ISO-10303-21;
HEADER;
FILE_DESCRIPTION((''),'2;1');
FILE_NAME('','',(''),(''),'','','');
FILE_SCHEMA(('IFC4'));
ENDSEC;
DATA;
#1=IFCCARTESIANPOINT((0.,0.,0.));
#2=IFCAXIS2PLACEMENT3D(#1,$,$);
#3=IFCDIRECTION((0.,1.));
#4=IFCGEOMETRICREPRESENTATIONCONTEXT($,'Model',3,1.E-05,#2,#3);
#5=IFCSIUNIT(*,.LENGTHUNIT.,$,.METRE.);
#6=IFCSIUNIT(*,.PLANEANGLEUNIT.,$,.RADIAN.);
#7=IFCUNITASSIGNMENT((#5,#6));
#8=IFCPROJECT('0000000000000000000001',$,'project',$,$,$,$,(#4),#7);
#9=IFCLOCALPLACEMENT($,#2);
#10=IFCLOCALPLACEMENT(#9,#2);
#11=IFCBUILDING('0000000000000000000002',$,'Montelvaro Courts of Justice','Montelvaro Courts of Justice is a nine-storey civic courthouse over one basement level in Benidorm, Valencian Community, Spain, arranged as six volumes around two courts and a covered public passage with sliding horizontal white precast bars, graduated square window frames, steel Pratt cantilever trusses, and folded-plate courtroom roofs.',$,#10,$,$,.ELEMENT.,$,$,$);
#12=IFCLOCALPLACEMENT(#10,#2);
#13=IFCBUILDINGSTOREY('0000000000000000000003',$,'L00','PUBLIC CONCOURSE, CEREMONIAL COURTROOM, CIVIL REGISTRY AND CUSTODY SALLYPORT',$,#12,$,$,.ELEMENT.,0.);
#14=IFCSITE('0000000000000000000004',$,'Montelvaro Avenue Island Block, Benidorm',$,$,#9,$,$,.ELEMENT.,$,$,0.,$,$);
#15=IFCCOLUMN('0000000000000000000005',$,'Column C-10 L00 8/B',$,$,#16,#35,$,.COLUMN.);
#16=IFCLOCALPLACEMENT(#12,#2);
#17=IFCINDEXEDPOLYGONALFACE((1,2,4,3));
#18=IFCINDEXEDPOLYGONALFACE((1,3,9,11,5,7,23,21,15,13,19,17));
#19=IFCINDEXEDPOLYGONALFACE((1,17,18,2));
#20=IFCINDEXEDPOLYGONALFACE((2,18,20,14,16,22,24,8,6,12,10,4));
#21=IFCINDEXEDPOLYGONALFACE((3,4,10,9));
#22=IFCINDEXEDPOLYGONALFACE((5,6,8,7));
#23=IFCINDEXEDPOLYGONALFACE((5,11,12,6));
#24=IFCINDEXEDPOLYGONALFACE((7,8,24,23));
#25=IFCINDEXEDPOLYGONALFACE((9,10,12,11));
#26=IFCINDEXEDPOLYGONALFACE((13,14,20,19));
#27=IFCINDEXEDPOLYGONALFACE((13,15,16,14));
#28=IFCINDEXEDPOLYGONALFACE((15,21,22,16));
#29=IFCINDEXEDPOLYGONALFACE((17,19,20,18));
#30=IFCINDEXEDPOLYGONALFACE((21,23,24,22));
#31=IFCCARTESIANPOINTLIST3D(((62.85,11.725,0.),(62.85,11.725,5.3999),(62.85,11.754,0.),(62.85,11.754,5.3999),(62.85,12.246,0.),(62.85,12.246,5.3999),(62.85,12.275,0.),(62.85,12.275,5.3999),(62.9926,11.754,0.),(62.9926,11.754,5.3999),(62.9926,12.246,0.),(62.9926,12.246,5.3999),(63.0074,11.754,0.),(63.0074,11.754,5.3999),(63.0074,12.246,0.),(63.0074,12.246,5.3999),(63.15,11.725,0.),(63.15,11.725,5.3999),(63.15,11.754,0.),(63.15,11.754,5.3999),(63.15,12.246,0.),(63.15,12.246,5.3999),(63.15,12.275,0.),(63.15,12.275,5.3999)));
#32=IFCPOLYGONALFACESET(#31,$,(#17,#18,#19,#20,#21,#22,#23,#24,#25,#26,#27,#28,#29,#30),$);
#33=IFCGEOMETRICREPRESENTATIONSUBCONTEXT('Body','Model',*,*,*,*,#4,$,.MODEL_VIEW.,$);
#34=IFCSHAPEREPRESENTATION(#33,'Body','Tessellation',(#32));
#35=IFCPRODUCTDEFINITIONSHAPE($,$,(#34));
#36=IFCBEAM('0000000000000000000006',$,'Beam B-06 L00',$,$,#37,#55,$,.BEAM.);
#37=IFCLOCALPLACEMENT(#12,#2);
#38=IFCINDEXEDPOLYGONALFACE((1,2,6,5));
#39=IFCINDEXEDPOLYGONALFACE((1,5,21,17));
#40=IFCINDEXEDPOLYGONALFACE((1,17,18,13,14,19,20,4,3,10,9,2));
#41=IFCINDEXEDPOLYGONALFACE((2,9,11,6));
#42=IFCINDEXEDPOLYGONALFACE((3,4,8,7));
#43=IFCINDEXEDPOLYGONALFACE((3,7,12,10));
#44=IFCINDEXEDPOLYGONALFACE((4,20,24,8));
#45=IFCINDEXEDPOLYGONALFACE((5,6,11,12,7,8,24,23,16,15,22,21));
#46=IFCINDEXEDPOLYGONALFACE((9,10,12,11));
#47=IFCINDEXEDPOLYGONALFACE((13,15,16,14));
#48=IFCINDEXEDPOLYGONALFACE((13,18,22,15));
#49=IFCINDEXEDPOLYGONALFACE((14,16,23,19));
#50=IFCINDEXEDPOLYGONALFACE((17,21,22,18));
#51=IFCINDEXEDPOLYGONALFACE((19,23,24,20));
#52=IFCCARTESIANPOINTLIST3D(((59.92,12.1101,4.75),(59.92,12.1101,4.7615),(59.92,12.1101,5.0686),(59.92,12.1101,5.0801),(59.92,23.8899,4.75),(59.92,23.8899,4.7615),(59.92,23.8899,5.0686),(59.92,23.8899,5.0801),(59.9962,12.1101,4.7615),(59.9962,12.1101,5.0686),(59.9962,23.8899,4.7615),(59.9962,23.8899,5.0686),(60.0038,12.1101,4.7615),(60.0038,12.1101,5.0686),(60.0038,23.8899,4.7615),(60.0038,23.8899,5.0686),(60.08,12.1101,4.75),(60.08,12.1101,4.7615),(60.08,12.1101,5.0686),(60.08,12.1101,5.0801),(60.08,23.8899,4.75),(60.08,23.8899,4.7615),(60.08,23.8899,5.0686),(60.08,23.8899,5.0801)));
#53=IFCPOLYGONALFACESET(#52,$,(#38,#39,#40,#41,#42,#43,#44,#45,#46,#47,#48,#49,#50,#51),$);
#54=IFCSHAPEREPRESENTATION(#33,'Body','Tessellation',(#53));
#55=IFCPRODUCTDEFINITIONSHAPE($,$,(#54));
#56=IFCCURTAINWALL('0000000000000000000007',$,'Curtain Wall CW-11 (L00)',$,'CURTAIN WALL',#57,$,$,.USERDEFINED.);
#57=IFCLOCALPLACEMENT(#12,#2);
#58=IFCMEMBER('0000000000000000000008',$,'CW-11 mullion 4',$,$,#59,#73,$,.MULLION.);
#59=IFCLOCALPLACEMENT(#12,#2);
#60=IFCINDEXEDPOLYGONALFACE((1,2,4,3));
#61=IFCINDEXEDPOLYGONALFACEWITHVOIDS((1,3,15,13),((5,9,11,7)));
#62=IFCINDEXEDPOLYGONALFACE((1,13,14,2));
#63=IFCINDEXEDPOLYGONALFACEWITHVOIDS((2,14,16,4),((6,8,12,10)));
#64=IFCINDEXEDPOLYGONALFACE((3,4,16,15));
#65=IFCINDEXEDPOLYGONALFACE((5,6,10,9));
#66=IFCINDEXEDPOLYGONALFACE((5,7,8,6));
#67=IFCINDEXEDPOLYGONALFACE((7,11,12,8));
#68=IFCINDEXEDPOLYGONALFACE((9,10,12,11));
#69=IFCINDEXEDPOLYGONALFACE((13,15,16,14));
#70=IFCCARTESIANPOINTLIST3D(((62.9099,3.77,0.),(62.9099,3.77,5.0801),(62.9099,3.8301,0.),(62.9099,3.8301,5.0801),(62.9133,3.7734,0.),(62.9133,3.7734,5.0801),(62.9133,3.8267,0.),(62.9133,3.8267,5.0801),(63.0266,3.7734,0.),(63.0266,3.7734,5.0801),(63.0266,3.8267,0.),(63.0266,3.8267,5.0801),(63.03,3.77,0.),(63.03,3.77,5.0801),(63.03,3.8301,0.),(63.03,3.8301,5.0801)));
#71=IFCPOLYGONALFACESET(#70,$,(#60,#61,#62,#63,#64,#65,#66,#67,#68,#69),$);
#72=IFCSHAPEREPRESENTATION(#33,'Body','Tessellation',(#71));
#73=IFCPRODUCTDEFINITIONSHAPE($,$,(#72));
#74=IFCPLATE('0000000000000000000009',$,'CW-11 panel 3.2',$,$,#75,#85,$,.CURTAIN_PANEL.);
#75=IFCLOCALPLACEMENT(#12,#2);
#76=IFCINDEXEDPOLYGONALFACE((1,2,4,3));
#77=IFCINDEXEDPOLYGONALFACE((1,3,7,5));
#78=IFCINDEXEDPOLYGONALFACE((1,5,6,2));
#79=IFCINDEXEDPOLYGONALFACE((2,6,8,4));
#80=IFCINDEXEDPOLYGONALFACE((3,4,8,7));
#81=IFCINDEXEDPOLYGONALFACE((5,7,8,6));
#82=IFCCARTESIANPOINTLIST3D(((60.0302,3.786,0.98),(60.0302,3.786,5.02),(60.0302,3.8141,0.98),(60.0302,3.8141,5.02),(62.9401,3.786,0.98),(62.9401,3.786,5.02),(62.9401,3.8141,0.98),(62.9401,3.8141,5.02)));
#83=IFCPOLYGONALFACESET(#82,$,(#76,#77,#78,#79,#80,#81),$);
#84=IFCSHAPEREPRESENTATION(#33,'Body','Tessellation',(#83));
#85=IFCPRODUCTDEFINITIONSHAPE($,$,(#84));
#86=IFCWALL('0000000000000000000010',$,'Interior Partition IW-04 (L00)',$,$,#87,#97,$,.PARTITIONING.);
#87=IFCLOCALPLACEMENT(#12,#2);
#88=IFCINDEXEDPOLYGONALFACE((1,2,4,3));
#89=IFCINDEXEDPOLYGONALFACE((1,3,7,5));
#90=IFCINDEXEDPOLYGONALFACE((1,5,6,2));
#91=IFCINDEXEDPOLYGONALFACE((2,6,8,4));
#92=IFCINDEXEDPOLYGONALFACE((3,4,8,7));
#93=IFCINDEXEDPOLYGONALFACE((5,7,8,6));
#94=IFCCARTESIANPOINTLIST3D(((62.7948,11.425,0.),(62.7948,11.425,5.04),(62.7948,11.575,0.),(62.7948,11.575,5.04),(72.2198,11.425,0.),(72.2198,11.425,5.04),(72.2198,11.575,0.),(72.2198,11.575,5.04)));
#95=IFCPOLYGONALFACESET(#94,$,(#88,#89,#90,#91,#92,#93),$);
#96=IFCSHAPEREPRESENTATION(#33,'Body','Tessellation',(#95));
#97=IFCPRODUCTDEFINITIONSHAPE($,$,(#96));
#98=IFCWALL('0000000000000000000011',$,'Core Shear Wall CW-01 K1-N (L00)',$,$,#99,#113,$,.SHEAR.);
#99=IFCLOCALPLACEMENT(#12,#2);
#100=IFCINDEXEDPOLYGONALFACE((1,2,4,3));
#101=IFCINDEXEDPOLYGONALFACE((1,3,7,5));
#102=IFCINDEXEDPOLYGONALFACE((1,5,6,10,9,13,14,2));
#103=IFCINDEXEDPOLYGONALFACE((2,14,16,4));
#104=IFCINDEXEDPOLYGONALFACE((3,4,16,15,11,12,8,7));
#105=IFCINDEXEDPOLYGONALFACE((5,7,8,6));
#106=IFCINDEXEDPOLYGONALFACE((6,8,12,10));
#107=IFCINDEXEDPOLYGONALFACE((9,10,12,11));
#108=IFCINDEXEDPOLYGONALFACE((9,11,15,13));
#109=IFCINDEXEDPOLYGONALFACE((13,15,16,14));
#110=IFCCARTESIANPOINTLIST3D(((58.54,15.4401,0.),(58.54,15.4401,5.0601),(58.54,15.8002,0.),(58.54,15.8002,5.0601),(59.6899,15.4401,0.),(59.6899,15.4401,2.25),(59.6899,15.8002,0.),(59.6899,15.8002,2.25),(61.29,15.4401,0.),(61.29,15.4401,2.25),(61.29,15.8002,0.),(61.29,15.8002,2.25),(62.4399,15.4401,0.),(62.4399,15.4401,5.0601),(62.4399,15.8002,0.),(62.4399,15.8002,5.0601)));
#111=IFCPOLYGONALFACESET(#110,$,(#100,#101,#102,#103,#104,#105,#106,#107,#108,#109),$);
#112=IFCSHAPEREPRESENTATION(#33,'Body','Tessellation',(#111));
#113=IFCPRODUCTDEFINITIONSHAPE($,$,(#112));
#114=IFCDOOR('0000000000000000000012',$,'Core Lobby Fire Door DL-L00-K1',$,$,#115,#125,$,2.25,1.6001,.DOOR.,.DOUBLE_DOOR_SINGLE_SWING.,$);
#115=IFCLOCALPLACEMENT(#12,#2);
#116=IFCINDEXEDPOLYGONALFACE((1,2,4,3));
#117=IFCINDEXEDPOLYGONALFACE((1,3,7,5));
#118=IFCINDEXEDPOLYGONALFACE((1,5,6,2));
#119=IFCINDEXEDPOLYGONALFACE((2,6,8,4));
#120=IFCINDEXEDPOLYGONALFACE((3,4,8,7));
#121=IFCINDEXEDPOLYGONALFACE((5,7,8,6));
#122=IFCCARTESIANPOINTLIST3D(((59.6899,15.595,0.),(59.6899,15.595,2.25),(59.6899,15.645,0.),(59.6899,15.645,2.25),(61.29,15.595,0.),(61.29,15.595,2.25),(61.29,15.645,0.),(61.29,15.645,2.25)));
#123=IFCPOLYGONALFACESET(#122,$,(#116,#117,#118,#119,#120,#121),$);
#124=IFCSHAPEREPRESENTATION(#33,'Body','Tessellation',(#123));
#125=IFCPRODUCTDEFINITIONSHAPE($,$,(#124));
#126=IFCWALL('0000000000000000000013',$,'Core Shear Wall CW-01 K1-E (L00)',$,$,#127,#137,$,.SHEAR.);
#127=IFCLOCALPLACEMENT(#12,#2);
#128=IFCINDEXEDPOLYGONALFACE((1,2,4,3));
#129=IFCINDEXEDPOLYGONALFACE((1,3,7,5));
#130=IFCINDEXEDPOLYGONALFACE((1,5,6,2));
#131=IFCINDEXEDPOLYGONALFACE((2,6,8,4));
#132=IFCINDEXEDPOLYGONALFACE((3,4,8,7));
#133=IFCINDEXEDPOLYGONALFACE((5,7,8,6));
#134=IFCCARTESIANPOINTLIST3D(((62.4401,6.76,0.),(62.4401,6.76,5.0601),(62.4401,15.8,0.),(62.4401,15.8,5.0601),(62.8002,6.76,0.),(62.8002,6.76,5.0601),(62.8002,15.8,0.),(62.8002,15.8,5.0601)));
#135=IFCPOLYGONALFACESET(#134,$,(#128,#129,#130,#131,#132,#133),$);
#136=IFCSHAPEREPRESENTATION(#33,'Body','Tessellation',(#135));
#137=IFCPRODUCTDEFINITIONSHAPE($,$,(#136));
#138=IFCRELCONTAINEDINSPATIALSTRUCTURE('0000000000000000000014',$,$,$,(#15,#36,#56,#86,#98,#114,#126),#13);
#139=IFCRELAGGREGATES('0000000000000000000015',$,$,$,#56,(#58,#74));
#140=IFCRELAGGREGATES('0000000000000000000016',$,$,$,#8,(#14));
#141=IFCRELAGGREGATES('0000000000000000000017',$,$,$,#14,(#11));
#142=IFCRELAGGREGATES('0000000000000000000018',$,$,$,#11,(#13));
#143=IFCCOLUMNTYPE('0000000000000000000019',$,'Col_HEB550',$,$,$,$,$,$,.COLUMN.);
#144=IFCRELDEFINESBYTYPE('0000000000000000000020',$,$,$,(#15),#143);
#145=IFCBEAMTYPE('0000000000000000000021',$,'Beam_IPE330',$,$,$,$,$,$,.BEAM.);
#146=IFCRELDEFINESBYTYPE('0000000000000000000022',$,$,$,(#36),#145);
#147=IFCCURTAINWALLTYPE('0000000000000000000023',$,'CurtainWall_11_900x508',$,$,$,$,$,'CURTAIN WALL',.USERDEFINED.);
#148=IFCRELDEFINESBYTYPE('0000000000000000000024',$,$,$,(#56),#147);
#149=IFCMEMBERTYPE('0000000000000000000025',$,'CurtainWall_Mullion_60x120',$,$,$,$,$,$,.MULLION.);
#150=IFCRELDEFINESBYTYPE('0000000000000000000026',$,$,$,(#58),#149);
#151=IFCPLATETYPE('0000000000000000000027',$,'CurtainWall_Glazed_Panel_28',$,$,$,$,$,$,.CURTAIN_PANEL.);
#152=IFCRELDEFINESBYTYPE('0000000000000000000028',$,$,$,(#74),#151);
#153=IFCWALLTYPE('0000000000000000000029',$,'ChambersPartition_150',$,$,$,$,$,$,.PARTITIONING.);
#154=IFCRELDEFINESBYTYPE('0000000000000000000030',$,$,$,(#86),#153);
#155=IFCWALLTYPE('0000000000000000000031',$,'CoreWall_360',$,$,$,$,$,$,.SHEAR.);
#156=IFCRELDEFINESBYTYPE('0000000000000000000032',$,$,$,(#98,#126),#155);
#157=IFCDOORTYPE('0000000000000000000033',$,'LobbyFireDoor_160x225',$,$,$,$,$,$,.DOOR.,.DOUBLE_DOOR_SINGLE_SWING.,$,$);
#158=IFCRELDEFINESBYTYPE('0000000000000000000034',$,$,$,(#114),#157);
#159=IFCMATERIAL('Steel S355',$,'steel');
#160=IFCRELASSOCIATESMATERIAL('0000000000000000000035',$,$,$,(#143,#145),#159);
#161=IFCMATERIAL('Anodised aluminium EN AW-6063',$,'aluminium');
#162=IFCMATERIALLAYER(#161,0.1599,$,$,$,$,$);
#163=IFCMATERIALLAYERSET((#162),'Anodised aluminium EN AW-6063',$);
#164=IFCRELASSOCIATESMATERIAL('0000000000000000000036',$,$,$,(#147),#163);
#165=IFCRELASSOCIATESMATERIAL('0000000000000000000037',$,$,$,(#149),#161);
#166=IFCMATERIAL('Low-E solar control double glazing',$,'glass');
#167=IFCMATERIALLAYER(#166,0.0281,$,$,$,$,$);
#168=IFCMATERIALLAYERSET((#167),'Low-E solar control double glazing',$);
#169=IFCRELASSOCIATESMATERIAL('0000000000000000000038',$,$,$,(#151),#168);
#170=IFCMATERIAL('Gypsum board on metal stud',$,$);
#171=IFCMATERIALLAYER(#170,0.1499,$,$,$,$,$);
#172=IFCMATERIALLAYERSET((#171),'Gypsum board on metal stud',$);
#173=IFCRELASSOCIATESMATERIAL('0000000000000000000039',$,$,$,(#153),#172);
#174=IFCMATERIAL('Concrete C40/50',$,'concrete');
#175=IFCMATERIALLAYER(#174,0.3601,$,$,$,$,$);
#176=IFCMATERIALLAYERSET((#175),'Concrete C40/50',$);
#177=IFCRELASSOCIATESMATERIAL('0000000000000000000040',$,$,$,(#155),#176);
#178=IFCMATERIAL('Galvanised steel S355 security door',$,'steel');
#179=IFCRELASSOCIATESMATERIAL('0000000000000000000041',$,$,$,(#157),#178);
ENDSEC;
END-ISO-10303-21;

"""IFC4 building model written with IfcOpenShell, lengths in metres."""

from ifc_helpers import new_model, si_unit, direction, frame, frame_2d, origin, origin_2d, place, context, subcontext, project, spatial, rectangle, hollow_rectangle, i_section, extrude, material, layer, layer_set, material_profile, profile_set, type_object, element, fill, aggregate, save


model = new_model("IFC4")

# Units and contexts
model_context = context("Model", 3, precision=1e-05, world=origin(), true_north=direction((0.0, 1.0)))
body_context = subcontext(model_context, "Body", "Model", "MODEL_VIEW")
ifc_project = project(units=[si_unit("LENGTHUNIT", "METRE"), si_unit("PLANEANGLEUNIT", "RADIAN")], contexts=[model_context])

# Site, building, storey
site_placement = place(None, origin())
site = spatial("IfcSite", under=ifc_project, at=site_placement, Name="Montelvaro Avenue Island Block, Benidorm", CompositionType="ELEMENT", RefElevation=0.0)
building_placement = place(site_placement, origin())
building = spatial("IfcBuilding", under=site, at=building_placement, Name="Montelvaro Courts of Justice", Description="Montelvaro Courts of Justice is a nine-storey civic courthouse over one basement level in Benidorm, Valencian Community, Spain, arranged as six volumes around two courts and a covered public passage with sliding horizontal white precast bars, graduated square window frames, steel Pratt cantilever trusses, and folded-plate courtroom roofs.", CompositionType="ELEMENT")
storey_placement = place(building_placement, origin())
storey = spatial("IfcBuildingStorey", under=building, at=storey_placement, Name="L00", Description="PUBLIC CONCOURSE, CEREMONIAL COURTROOM, CIVIL REGISTRY AND CUSTODY SALLYPORT", CompositionType="ELEMENT", Elevation=0.0)

# Column
ifc_material_1 = material(Name="Steel S355", Category="steel")
ifc_material_profile_1 = material_profile(ifc_material_1, i_section(OverallWidth=0.3, OverallDepth=0.55, WebThickness=0.0149, FlangeThickness=0.0291, at=origin_2d()), Name="HEB 550")
ifc_profile_set_1 = profile_set([ifc_material_profile_1], Name="Steel S355")
column_type = type_object("IfcColumnType", Name="Col_HEB550", PredefinedType="COLUMN", material=ifc_profile_set_1)
column_placement = place(storey_placement, frame((63.0, 12.0, 0.0), z_axis=(0.0, 0.0, 1.0), x_axis=(1.0, 0.0, 0.0)))
element("IfcColumn", 1, at=column_placement, inside=storey, type_object=column_type, Name="Column C-10 L00 8/B", PredefinedType="COLUMN", context=body_context, shape_type="SweptSolid", body=[
    extrude(i_section(OverallWidth=0.3, OverallDepth=0.55, WebThickness=0.0149, FlangeThickness=0.0291, at=origin_2d()), origin(), (0.0, 0.0, 1.0), 5.3999),
])

# Beam
ifc_material_profile_2 = material_profile(ifc_material_1, i_section(OverallWidth=0.1599, OverallDepth=0.3301, WebThickness=0.0076, FlangeThickness=0.0115, at=origin_2d()), Name="IPE 330")
ifc_profile_set_2 = profile_set([ifc_material_profile_2], Name="Steel S355")
beam_type = type_object("IfcBeamType", Name="Beam_IPE330", PredefinedType="BEAM", material=ifc_profile_set_2)
beam_placement = place(storey_placement, frame((60.0, 12.1101, 4.915), z_axis=(0.0, 1.0, 0.0), x_axis=(-1.0, 0.0, 0.0)))
element("IfcBeam", 2, at=beam_placement, inside=storey, type_object=beam_type, Name="Beam B-06 L00", PredefinedType="BEAM", context=body_context, shape_type="SweptSolid", body=[
    extrude(i_section(OverallWidth=0.1599, OverallDepth=0.3301, WebThickness=0.0076, FlangeThickness=0.0115, at=origin_2d()), origin(), (0.0, 0.0, 1.0), 11.7798),
])

# Curtain wall, member, plate
ifc_material_2 = material(Name="Anodised aluminium EN AW-6063", Category="aluminium")
ifc_layer_1 = layer(ifc_material_2, 0.1599)
ifc_layer_set_1 = layer_set([ifc_layer_1], Name="Anodised aluminium EN AW-6063")
curtain_wall_type = type_object("IfcCurtainWallType", Name="CurtainWall_11_900x508", ElementType="CURTAIN WALL", PredefinedType="USERDEFINED", material=ifc_layer_set_1)
curtain_wall_placement = place(storey_placement, origin())
curtain_wall = element("IfcCurtainWall", 3, at=curtain_wall_placement, inside=storey, type_object=curtain_wall_type, Name="Curtain Wall CW-11 (L00)", ObjectType="CURTAIN WALL", PredefinedType="USERDEFINED")
ifc_material_profile_3 = material_profile(ifc_material_2, hollow_rectangle(XDim=0.0601, YDim=0.1201, WallThickness=0.0034, at=origin_2d()), Name="ALU-M 60x120")
ifc_profile_set_3 = profile_set([ifc_material_profile_3], Name="Anodised aluminium EN AW-6063")
member_type = type_object("IfcMemberType", Name="CurtainWall_Mullion_60x120", PredefinedType="MULLION", material=ifc_profile_set_3)
member_placement = place(storey_placement, frame((62.97, 3.8, 0.0), z_axis=(0.0, 0.0, 1.0), x_axis=(0.0, 1.0, 0.0)))
member = element("IfcMember", 4, at=member_placement, type_object=member_type, Name="CW-11 mullion 4", PredefinedType="MULLION", context=body_context, shape_type="SweptSolid", body=[
    extrude(hollow_rectangle(XDim=0.0601, YDim=0.1201, WallThickness=0.0034, at=origin_2d()), origin(), (0.0, 0.0, 1.0), 5.0801),
])
ifc_material_3 = material(Name="Low-E solar control double glazing", Category="glass")
ifc_layer_2 = layer(ifc_material_3, 0.0281)
ifc_layer_set_2 = layer_set([ifc_layer_2], Name="Low-E solar control double glazing")
plate_type = type_object("IfcPlateType", Name="CurtainWall_Glazed_Panel_28", PredefinedType="CURTAIN_PANEL", material=ifc_layer_set_2)
plate_placement = place(storey_placement, frame((61.4851, 3.8, 0.98), z_axis=(0.0, 0.0, 1.0), x_axis=(1.0, 0.0, 0.0)))
plate = element("IfcPlate", 5, at=plate_placement, type_object=plate_type, Name="CW-11 panel 3.2", PredefinedType="CURTAIN_PANEL", context=body_context, shape_type="SweptSolid", body=[
    extrude(rectangle(XDim=2.9099, YDim=0.0281, at=origin_2d()), origin(), (0.0, 0.0, 1.0), 4.04),
])
aggregate(curtain_wall, [member, plate])

# Wall
ifc_material_4 = material(Name="Gypsum board on metal stud")
ifc_layer_3 = layer(ifc_material_4, 0.1499)
ifc_layer_set_3 = layer_set([ifc_layer_3], Name="Gypsum board on metal stud")
wall_type_1 = type_object("IfcWallType", Name="ChambersPartition_150", PredefinedType="PARTITIONING", material=ifc_layer_set_3)
wall_1_placement = place(storey_placement, frame((62.7949, 11.5, 0.0), z_axis=(0.0, 0.0, 1.0), x_axis=(1.0, 0.0, 0.0)))
element("IfcWall", 6, at=wall_1_placement, inside=storey, type_object=wall_type_1, Name="Interior Partition IW-04 (L00)", PredefinedType="PARTITIONING", context=body_context, shape_type="SweptSolid", body=[
    extrude(rectangle(XDim=9.425, YDim=0.1499, at=frame_2d((4.7124, 0.0))), origin(), (0.0, 0.0, 1.0), 5.04),
])

# Wall, opening, door
ifc_material_5 = material(Name="Concrete C40/50", Category="concrete")
ifc_layer_4 = layer(ifc_material_5, 0.3601)
ifc_layer_set_4 = layer_set([ifc_layer_4], Name="Concrete C40/50")
wall_type_2 = type_object("IfcWallType", Name="CoreWall_360", PredefinedType="SHEAR", material=ifc_layer_set_4)
wall_2_placement = place(storey_placement, frame((58.54, 15.6201, 0.0), z_axis=(0.0, 0.0, 1.0), x_axis=(1.0, 0.0, 0.0)))
wall_2 = element("IfcWall", 7, at=wall_2_placement, inside=storey, type_object=wall_type_2, Name="Core Shear Wall CW-01 K1-N (L00)", PredefinedType="SHEAR", context=body_context, shape_type="SweptSolid", body=[
    extrude(rectangle(XDim=3.8999, YDim=0.3601, at=frame_2d((1.95, 0.0))), origin(), (0.0, 0.0, 1.0), 5.0601),
])
opening_1_placement = place(wall_2_placement, frame((1.1499, 0.0, 0.0)))
opening_1 = element("IfcOpeningElement", 8, at=opening_1_placement, cuts=wall_2, PredefinedType="OPENING", context=body_context, shape_type="SweptSolid", body=[
    extrude(rectangle(XDim=1.6001, YDim=2.25, at=frame_2d((0.8, 1.125))), frame((0.0, 0.1948, 0.0), z_axis=(0.0, -1.0, 0.0), x_axis=(1.0, 0.0, 0.0)), (0.0, 0.0, 1.0), 0.3899),
])
ifc_material_6 = material(Name="Galvanised steel S355 security door", Category="steel")
door_type_1 = type_object("IfcDoorType", Name="LobbyFireDoor_160x225", OperationType="DOUBLE_DOOR_SINGLE_SWING", PredefinedType="DOOR", material=ifc_material_6)
door_1_placement = place(opening_1_placement, origin())
door_1 = element("IfcDoor", 9, at=door_1_placement, inside=storey, type_object=door_type_1, Name="Core Lobby Fire Door DL-L00-K1", OperationType="DOUBLE_DOOR_SINGLE_SWING", OverallHeight=2.25, OverallWidth=1.6001, PredefinedType="DOOR", context=body_context, shape_type="SweptSolid", body=[
    extrude(rectangle(XDim=1.6001, YDim=2.25, at=frame_2d((0.8, 1.125))), frame((0.0, 0.0249, 0.0), z_axis=(0.0, -1.0, 0.0), x_axis=(1.0, 0.0, 0.0)), (0.0, 0.0, 1.0), 0.05),
])
fill(opening_1, door_1)

# Wall
wall_3_placement = place(storey_placement, frame((62.6201, 6.76, 0.0), z_axis=(0.0, 0.0, 1.0), x_axis=(0.0, 1.0, 0.0)))
element("IfcWall", 10, at=wall_3_placement, inside=storey, type_object=wall_type_2, Name="Core Shear Wall CW-01 K1-E (L00)", PredefinedType="SHEAR", context=body_context, shape_type="SweptSolid", body=[
    extrude(rectangle(XDim=9.04, YDim=0.3601, at=frame_2d((4.52, 0.0))), origin(), (0.0, 0.0, 1.0), 5.0601),
])

save(model, "model.ifc")
